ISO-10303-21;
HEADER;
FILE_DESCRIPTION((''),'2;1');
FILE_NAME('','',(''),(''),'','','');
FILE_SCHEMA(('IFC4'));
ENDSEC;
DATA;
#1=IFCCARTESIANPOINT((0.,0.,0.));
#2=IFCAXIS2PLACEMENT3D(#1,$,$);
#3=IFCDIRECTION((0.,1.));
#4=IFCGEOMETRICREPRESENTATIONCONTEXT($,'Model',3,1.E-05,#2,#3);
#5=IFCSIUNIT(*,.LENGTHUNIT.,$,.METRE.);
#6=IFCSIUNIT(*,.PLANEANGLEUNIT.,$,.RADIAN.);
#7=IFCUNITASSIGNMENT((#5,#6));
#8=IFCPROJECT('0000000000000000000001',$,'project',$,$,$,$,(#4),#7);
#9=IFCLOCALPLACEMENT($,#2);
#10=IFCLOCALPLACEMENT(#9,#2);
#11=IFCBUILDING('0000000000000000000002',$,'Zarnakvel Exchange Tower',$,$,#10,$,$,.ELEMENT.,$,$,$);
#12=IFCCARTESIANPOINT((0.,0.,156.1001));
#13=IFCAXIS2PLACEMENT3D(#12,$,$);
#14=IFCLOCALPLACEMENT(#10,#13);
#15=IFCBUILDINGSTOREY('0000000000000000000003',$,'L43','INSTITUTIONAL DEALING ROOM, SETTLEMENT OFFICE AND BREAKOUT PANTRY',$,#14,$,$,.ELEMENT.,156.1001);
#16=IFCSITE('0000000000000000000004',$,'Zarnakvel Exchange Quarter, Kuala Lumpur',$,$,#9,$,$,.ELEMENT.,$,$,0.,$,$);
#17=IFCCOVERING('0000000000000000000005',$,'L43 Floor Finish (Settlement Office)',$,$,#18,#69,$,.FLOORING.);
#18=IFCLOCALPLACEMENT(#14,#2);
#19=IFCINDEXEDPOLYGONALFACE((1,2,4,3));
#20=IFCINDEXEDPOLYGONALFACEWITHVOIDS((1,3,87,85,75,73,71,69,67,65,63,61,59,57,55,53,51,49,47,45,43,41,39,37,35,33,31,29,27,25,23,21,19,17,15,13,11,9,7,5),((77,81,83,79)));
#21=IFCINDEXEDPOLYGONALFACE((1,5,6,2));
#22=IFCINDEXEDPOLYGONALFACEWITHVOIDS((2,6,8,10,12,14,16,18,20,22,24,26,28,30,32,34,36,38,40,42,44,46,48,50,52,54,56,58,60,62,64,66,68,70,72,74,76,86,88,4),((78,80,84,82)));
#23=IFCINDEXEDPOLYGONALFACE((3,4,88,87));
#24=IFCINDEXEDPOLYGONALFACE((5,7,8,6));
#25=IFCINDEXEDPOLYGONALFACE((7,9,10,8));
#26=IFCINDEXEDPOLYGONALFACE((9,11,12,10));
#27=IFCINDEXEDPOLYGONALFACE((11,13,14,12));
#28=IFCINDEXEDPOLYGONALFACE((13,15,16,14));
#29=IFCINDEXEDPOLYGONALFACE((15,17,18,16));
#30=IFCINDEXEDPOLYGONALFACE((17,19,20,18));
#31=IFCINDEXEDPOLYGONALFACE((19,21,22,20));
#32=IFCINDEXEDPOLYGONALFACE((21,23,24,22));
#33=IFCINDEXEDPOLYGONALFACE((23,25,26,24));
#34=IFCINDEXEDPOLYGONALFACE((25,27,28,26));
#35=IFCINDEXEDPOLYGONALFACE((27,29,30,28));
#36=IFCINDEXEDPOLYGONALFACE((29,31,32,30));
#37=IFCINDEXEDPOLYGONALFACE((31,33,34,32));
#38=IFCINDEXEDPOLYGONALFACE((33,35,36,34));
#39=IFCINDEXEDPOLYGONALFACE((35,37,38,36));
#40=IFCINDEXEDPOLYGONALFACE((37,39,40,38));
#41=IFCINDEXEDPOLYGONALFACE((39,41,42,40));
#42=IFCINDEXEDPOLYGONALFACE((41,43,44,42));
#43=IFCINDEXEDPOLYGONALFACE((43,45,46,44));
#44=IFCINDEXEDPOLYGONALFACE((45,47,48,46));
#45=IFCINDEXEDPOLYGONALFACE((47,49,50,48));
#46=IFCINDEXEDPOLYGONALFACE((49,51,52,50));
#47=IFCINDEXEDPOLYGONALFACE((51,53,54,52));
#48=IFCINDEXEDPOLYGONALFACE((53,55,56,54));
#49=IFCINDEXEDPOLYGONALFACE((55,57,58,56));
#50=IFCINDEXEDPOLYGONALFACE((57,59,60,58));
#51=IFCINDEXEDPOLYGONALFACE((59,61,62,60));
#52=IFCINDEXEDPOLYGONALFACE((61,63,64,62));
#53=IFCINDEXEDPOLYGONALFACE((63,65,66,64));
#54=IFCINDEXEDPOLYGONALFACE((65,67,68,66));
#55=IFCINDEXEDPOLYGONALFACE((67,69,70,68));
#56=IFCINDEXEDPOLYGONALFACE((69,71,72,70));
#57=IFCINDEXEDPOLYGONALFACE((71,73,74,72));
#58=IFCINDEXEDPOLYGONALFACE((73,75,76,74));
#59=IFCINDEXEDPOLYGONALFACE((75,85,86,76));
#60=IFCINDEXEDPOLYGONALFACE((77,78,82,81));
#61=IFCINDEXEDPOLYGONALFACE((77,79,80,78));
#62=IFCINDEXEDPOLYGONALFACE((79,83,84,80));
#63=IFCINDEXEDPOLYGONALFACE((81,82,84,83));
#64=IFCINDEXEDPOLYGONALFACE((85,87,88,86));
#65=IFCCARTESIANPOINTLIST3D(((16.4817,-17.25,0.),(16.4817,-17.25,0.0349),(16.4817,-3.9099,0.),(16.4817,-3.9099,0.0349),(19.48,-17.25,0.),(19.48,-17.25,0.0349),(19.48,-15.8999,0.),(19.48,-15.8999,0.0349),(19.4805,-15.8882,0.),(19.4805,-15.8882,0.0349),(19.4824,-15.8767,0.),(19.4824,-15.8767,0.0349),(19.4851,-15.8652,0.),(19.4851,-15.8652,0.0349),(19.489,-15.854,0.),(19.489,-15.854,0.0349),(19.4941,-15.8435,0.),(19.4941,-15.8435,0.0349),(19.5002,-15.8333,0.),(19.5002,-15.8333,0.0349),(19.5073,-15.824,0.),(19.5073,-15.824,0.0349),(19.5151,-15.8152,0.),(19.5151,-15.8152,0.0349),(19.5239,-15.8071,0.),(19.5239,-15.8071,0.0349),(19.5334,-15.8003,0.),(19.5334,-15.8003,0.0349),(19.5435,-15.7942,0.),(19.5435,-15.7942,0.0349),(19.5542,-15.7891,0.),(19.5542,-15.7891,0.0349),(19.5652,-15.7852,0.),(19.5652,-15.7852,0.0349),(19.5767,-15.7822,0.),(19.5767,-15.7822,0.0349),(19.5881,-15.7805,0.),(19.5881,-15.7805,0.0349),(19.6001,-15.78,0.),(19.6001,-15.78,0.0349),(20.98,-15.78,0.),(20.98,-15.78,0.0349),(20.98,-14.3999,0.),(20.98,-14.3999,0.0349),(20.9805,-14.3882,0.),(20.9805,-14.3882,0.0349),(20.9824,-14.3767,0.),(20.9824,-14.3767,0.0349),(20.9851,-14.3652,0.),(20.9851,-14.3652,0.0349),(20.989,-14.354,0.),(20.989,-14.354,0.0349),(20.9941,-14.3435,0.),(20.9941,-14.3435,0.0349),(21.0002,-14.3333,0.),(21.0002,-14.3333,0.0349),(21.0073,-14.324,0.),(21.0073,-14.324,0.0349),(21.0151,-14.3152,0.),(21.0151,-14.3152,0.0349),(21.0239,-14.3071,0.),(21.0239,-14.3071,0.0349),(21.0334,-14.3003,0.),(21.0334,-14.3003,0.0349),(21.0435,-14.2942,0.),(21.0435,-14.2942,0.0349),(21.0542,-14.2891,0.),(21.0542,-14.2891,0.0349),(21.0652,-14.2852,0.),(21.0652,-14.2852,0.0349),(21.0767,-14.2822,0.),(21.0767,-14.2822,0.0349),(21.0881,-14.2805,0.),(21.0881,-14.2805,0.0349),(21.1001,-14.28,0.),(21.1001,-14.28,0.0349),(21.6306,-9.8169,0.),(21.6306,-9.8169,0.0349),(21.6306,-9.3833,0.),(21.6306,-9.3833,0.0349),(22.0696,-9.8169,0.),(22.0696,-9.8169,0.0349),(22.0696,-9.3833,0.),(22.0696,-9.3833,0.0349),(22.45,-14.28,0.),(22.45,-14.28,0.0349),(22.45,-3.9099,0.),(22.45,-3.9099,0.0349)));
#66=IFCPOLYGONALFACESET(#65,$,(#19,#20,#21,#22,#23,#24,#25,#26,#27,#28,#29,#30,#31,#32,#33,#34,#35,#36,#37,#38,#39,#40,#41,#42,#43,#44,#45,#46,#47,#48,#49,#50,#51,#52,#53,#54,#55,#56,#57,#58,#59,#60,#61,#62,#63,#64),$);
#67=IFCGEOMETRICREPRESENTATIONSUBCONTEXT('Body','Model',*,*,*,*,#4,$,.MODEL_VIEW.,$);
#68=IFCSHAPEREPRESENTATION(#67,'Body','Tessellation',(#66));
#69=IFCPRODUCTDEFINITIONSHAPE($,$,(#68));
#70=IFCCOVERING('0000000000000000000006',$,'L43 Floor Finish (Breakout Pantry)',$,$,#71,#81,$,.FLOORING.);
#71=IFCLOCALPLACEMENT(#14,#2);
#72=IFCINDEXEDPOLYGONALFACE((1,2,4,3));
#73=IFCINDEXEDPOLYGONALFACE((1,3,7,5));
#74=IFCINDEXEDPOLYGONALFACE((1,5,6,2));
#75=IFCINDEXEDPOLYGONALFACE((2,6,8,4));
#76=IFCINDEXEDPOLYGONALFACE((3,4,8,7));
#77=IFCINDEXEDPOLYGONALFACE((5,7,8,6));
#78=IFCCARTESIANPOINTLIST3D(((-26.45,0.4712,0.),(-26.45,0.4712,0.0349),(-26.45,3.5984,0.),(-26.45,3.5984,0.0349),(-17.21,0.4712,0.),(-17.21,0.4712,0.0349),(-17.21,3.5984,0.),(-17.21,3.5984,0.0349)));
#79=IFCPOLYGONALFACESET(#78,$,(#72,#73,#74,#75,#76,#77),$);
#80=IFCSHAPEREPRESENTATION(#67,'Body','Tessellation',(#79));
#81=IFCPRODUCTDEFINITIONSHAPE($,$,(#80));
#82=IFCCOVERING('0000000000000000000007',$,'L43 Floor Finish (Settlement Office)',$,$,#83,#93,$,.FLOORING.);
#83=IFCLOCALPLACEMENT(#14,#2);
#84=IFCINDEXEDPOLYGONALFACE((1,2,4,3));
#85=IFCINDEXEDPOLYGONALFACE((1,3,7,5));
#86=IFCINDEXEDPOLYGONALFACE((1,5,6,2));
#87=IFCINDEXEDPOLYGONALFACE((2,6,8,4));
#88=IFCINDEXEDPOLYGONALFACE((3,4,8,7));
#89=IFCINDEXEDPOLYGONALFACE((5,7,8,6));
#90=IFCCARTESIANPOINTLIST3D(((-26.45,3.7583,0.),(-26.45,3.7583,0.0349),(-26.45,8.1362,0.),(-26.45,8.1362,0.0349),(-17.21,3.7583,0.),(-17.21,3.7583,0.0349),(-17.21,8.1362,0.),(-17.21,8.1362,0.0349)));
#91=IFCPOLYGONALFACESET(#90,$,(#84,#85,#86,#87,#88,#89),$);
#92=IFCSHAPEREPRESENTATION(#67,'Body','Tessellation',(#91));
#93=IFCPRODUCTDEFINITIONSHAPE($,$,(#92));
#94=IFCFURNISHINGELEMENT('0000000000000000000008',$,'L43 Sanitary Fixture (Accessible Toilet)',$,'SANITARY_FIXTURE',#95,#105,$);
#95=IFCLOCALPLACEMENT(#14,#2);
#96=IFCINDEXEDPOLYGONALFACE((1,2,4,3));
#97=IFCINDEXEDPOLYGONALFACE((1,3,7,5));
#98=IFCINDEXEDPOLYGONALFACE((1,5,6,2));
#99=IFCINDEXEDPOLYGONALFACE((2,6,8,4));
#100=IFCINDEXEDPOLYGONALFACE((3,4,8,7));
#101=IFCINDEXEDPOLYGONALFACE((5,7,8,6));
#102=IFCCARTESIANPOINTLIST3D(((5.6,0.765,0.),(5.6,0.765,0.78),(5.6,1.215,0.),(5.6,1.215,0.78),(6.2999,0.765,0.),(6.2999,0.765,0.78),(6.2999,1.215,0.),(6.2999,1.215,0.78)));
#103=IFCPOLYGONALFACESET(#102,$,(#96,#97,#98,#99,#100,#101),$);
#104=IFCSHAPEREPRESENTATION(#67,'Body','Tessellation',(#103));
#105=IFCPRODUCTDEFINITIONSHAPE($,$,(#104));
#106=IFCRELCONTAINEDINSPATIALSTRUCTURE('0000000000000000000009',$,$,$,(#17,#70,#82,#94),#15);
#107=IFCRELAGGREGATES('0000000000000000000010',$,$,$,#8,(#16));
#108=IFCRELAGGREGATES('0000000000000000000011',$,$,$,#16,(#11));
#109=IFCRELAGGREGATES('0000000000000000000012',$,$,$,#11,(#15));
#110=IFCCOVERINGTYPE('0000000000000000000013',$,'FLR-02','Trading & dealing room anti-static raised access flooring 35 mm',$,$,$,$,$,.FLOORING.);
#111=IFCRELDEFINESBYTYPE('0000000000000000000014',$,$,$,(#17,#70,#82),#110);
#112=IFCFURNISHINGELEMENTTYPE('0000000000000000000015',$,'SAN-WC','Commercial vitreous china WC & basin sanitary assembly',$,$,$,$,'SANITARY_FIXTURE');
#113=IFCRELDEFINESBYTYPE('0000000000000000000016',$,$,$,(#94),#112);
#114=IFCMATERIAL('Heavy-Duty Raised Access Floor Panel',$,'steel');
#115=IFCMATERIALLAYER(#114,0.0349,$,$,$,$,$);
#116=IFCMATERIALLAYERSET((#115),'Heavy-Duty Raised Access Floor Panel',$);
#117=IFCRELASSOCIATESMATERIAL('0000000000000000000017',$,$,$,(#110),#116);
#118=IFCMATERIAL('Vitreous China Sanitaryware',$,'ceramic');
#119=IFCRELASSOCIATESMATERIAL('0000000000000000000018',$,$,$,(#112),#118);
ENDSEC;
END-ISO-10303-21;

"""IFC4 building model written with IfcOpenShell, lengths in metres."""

from ifc_helpers import new_model, si_unit, direction, frame, origin, origin_2d, place, context, subcontext, project, spatial, polyline, rectangle, outline, extrude, source, transform, mapped, material, layer, layer_set, type_object, element, save


model = new_model("IFC4")

# Units and contexts
model_context = context("Model", 3, precision=1e-05, world=origin(), true_north=direction((0.0, 1.0)))
body_context = subcontext(model_context, "Body", "Model", "MODEL_VIEW")
ifc_project = project(units=[si_unit("LENGTHUNIT", "METRE"), si_unit("PLANEANGLEUNIT", "RADIAN")], contexts=[model_context])

# Site, building, storey
site_placement = place(None, origin())
site = spatial("IfcSite", under=ifc_project, at=site_placement, Name="Zarnakvel Exchange Quarter, Kuala Lumpur", CompositionType="ELEMENT", RefElevation=0.0)
building_placement = place(site_placement, origin())
building = spatial("IfcBuilding", under=site, at=building_placement, Name="Zarnakvel Exchange Tower", CompositionType="ELEMENT")
storey_placement = place(building_placement, frame((0.0, 0.0, 156.1001)))
storey = spatial("IfcBuildingStorey", under=building, at=storey_placement, Name="L43", Description="INSTITUTIONAL DEALING ROOM, SETTLEMENT OFFICE AND BREAKOUT PANTRY", CompositionType="ELEMENT", Elevation=156.1001)

# Coverings
ifc_material_1 = material(Name="Heavy-Duty Raised Access Floor Panel", Category="steel")
ifc_layer_1 = layer(ifc_material_1, 0.0349)
ifc_layer_set_1 = layer_set([ifc_layer_1], Name="Heavy-Duty Raised Access Floor Panel")
covering_type_1 = type_object("IfcCoveringType", Name="FLR-02", Description="Trading & dealing room anti-static raised access flooring 35 mm", PredefinedType="FLOORING", material=ifc_layer_set_1)
covering_1_placement = place(storey_placement, origin())
element("IfcCovering", 1, at=covering_1_placement, inside=storey, type_object=covering_type_1, Name="L43 Floor Finish (Settlement Office)", PredefinedType="FLOORING", context=body_context, shape_type="SweptSolid", body=[
    extrude(outline(polyline([(16.4817, -3.9099), (22.45, -3.9099), (22.45, -14.28), (21.1001, -14.28), (21.0881, -14.2805), (21.0767, -14.2822), (21.0652, -14.2852), (21.0542, -14.2891), (21.0435, -14.2942), (21.0334, -14.3003), (21.0239, -14.3071), (21.0151, -14.3152), (21.0073, -14.324), (21.0002, -14.3333), (20.9941, -14.3435), (20.989, -14.354), (20.9851, -14.3652), (20.9824, -14.3767), (20.9805, -14.3882), (20.98, -14.3999), (20.98, -15.78), (19.6001, -15.78), (19.5881, -15.7805), (19.5767, -15.7822), (19.5652, -15.7852), (19.5542, -15.7891), (19.5435, -15.7942), (19.5334, -15.8003), (19.5239, -15.8071), (19.5151, -15.8152), (19.5073, -15.824), (19.5002, -15.8333), (19.4941, -15.8435), (19.489, -15.854), (19.4851, -15.8652), (19.4824, -15.8767), (19.4805, -15.8882), (19.48, -15.8999), (19.48, -17.25), (16.4817, -17.25), (16.4817, -3.9099)]), holes=[polyline([(22.0696, -9.8169), (22.0696, -9.3833), (21.6306, -9.3833), (21.6306, -9.8169), (22.0696, -9.8169)])]), origin(), (0.0, 0.0, 1.0), 0.0349),
])
covering_2_placement = place(storey_placement, origin())
element("IfcCovering", 2, at=covering_2_placement, inside=storey, type_object=covering_type_1, Name="L43 Floor Finish (Breakout Pantry)", PredefinedType="FLOORING", context=body_context, shape_type="SweptSolid", body=[
    extrude(outline(polyline([(-26.45, 3.5984), (-17.21, 3.5984), (-17.21, 0.4712), (-26.45, 0.4712), (-26.45, 3.5984)])), origin(), (0.0, 0.0, 1.0), 0.0349),
])
covering_3_placement = place(storey_placement, origin())
element("IfcCovering", 3, at=covering_3_placement, inside=storey, type_object=covering_type_1, Name="L43 Floor Finish (Settlement Office)", PredefinedType="FLOORING", context=body_context, shape_type="SweptSolid", body=[
    extrude(outline(polyline([(-26.45, 8.1362), (-17.21, 8.1362), (-17.21, 3.7583), (-26.45, 3.7583), (-26.45, 8.1362)])), origin(), (0.0, 0.0, 1.0), 0.0349),
])

# Furnishing element
ifc_material_2 = material(Name="Vitreous China Sanitaryware", Category="ceramic")
furnishing_element_type = type_object("IfcFurnishingElementType", Name="SAN-WC", Description="Commercial vitreous china WC & basin sanitary assembly", ElementType="SANITARY_FIXTURE", material=ifc_material_2)
shared_shape_1 = source(origin(), body_context, "Body", "SweptSolid", [
    extrude(rectangle(XDim=0.7, YDim=0.45, at=origin_2d()), origin(), (0.0, 0.0, 1.0), 0.78),
])
furnishing_placement = place(storey_placement, frame((5.95, 0.99, 0.0), z_axis=(0.0, 0.0, 1.0), x_axis=(1.0, 0.0, 0.0)))
element("IfcFurnishingElement", 4, at=furnishing_placement, inside=storey, type_object=furnishing_element_type, Name="L43 Sanitary Fixture (Accessible Toilet)", ObjectType="SANITARY_FIXTURE", context=body_context, shape_type="MappedRepresentation", body=[
    mapped(shared_shape_1, transform((0.0, 0.0, 0.0), x_axis=(1.0, 0.0, 0.0), y_axis=(0.0, 1.0, 0.0), z_axis=(0.0, 0.0, 1.0), scale=1.0)),
])

save(model, "model.ifc")
